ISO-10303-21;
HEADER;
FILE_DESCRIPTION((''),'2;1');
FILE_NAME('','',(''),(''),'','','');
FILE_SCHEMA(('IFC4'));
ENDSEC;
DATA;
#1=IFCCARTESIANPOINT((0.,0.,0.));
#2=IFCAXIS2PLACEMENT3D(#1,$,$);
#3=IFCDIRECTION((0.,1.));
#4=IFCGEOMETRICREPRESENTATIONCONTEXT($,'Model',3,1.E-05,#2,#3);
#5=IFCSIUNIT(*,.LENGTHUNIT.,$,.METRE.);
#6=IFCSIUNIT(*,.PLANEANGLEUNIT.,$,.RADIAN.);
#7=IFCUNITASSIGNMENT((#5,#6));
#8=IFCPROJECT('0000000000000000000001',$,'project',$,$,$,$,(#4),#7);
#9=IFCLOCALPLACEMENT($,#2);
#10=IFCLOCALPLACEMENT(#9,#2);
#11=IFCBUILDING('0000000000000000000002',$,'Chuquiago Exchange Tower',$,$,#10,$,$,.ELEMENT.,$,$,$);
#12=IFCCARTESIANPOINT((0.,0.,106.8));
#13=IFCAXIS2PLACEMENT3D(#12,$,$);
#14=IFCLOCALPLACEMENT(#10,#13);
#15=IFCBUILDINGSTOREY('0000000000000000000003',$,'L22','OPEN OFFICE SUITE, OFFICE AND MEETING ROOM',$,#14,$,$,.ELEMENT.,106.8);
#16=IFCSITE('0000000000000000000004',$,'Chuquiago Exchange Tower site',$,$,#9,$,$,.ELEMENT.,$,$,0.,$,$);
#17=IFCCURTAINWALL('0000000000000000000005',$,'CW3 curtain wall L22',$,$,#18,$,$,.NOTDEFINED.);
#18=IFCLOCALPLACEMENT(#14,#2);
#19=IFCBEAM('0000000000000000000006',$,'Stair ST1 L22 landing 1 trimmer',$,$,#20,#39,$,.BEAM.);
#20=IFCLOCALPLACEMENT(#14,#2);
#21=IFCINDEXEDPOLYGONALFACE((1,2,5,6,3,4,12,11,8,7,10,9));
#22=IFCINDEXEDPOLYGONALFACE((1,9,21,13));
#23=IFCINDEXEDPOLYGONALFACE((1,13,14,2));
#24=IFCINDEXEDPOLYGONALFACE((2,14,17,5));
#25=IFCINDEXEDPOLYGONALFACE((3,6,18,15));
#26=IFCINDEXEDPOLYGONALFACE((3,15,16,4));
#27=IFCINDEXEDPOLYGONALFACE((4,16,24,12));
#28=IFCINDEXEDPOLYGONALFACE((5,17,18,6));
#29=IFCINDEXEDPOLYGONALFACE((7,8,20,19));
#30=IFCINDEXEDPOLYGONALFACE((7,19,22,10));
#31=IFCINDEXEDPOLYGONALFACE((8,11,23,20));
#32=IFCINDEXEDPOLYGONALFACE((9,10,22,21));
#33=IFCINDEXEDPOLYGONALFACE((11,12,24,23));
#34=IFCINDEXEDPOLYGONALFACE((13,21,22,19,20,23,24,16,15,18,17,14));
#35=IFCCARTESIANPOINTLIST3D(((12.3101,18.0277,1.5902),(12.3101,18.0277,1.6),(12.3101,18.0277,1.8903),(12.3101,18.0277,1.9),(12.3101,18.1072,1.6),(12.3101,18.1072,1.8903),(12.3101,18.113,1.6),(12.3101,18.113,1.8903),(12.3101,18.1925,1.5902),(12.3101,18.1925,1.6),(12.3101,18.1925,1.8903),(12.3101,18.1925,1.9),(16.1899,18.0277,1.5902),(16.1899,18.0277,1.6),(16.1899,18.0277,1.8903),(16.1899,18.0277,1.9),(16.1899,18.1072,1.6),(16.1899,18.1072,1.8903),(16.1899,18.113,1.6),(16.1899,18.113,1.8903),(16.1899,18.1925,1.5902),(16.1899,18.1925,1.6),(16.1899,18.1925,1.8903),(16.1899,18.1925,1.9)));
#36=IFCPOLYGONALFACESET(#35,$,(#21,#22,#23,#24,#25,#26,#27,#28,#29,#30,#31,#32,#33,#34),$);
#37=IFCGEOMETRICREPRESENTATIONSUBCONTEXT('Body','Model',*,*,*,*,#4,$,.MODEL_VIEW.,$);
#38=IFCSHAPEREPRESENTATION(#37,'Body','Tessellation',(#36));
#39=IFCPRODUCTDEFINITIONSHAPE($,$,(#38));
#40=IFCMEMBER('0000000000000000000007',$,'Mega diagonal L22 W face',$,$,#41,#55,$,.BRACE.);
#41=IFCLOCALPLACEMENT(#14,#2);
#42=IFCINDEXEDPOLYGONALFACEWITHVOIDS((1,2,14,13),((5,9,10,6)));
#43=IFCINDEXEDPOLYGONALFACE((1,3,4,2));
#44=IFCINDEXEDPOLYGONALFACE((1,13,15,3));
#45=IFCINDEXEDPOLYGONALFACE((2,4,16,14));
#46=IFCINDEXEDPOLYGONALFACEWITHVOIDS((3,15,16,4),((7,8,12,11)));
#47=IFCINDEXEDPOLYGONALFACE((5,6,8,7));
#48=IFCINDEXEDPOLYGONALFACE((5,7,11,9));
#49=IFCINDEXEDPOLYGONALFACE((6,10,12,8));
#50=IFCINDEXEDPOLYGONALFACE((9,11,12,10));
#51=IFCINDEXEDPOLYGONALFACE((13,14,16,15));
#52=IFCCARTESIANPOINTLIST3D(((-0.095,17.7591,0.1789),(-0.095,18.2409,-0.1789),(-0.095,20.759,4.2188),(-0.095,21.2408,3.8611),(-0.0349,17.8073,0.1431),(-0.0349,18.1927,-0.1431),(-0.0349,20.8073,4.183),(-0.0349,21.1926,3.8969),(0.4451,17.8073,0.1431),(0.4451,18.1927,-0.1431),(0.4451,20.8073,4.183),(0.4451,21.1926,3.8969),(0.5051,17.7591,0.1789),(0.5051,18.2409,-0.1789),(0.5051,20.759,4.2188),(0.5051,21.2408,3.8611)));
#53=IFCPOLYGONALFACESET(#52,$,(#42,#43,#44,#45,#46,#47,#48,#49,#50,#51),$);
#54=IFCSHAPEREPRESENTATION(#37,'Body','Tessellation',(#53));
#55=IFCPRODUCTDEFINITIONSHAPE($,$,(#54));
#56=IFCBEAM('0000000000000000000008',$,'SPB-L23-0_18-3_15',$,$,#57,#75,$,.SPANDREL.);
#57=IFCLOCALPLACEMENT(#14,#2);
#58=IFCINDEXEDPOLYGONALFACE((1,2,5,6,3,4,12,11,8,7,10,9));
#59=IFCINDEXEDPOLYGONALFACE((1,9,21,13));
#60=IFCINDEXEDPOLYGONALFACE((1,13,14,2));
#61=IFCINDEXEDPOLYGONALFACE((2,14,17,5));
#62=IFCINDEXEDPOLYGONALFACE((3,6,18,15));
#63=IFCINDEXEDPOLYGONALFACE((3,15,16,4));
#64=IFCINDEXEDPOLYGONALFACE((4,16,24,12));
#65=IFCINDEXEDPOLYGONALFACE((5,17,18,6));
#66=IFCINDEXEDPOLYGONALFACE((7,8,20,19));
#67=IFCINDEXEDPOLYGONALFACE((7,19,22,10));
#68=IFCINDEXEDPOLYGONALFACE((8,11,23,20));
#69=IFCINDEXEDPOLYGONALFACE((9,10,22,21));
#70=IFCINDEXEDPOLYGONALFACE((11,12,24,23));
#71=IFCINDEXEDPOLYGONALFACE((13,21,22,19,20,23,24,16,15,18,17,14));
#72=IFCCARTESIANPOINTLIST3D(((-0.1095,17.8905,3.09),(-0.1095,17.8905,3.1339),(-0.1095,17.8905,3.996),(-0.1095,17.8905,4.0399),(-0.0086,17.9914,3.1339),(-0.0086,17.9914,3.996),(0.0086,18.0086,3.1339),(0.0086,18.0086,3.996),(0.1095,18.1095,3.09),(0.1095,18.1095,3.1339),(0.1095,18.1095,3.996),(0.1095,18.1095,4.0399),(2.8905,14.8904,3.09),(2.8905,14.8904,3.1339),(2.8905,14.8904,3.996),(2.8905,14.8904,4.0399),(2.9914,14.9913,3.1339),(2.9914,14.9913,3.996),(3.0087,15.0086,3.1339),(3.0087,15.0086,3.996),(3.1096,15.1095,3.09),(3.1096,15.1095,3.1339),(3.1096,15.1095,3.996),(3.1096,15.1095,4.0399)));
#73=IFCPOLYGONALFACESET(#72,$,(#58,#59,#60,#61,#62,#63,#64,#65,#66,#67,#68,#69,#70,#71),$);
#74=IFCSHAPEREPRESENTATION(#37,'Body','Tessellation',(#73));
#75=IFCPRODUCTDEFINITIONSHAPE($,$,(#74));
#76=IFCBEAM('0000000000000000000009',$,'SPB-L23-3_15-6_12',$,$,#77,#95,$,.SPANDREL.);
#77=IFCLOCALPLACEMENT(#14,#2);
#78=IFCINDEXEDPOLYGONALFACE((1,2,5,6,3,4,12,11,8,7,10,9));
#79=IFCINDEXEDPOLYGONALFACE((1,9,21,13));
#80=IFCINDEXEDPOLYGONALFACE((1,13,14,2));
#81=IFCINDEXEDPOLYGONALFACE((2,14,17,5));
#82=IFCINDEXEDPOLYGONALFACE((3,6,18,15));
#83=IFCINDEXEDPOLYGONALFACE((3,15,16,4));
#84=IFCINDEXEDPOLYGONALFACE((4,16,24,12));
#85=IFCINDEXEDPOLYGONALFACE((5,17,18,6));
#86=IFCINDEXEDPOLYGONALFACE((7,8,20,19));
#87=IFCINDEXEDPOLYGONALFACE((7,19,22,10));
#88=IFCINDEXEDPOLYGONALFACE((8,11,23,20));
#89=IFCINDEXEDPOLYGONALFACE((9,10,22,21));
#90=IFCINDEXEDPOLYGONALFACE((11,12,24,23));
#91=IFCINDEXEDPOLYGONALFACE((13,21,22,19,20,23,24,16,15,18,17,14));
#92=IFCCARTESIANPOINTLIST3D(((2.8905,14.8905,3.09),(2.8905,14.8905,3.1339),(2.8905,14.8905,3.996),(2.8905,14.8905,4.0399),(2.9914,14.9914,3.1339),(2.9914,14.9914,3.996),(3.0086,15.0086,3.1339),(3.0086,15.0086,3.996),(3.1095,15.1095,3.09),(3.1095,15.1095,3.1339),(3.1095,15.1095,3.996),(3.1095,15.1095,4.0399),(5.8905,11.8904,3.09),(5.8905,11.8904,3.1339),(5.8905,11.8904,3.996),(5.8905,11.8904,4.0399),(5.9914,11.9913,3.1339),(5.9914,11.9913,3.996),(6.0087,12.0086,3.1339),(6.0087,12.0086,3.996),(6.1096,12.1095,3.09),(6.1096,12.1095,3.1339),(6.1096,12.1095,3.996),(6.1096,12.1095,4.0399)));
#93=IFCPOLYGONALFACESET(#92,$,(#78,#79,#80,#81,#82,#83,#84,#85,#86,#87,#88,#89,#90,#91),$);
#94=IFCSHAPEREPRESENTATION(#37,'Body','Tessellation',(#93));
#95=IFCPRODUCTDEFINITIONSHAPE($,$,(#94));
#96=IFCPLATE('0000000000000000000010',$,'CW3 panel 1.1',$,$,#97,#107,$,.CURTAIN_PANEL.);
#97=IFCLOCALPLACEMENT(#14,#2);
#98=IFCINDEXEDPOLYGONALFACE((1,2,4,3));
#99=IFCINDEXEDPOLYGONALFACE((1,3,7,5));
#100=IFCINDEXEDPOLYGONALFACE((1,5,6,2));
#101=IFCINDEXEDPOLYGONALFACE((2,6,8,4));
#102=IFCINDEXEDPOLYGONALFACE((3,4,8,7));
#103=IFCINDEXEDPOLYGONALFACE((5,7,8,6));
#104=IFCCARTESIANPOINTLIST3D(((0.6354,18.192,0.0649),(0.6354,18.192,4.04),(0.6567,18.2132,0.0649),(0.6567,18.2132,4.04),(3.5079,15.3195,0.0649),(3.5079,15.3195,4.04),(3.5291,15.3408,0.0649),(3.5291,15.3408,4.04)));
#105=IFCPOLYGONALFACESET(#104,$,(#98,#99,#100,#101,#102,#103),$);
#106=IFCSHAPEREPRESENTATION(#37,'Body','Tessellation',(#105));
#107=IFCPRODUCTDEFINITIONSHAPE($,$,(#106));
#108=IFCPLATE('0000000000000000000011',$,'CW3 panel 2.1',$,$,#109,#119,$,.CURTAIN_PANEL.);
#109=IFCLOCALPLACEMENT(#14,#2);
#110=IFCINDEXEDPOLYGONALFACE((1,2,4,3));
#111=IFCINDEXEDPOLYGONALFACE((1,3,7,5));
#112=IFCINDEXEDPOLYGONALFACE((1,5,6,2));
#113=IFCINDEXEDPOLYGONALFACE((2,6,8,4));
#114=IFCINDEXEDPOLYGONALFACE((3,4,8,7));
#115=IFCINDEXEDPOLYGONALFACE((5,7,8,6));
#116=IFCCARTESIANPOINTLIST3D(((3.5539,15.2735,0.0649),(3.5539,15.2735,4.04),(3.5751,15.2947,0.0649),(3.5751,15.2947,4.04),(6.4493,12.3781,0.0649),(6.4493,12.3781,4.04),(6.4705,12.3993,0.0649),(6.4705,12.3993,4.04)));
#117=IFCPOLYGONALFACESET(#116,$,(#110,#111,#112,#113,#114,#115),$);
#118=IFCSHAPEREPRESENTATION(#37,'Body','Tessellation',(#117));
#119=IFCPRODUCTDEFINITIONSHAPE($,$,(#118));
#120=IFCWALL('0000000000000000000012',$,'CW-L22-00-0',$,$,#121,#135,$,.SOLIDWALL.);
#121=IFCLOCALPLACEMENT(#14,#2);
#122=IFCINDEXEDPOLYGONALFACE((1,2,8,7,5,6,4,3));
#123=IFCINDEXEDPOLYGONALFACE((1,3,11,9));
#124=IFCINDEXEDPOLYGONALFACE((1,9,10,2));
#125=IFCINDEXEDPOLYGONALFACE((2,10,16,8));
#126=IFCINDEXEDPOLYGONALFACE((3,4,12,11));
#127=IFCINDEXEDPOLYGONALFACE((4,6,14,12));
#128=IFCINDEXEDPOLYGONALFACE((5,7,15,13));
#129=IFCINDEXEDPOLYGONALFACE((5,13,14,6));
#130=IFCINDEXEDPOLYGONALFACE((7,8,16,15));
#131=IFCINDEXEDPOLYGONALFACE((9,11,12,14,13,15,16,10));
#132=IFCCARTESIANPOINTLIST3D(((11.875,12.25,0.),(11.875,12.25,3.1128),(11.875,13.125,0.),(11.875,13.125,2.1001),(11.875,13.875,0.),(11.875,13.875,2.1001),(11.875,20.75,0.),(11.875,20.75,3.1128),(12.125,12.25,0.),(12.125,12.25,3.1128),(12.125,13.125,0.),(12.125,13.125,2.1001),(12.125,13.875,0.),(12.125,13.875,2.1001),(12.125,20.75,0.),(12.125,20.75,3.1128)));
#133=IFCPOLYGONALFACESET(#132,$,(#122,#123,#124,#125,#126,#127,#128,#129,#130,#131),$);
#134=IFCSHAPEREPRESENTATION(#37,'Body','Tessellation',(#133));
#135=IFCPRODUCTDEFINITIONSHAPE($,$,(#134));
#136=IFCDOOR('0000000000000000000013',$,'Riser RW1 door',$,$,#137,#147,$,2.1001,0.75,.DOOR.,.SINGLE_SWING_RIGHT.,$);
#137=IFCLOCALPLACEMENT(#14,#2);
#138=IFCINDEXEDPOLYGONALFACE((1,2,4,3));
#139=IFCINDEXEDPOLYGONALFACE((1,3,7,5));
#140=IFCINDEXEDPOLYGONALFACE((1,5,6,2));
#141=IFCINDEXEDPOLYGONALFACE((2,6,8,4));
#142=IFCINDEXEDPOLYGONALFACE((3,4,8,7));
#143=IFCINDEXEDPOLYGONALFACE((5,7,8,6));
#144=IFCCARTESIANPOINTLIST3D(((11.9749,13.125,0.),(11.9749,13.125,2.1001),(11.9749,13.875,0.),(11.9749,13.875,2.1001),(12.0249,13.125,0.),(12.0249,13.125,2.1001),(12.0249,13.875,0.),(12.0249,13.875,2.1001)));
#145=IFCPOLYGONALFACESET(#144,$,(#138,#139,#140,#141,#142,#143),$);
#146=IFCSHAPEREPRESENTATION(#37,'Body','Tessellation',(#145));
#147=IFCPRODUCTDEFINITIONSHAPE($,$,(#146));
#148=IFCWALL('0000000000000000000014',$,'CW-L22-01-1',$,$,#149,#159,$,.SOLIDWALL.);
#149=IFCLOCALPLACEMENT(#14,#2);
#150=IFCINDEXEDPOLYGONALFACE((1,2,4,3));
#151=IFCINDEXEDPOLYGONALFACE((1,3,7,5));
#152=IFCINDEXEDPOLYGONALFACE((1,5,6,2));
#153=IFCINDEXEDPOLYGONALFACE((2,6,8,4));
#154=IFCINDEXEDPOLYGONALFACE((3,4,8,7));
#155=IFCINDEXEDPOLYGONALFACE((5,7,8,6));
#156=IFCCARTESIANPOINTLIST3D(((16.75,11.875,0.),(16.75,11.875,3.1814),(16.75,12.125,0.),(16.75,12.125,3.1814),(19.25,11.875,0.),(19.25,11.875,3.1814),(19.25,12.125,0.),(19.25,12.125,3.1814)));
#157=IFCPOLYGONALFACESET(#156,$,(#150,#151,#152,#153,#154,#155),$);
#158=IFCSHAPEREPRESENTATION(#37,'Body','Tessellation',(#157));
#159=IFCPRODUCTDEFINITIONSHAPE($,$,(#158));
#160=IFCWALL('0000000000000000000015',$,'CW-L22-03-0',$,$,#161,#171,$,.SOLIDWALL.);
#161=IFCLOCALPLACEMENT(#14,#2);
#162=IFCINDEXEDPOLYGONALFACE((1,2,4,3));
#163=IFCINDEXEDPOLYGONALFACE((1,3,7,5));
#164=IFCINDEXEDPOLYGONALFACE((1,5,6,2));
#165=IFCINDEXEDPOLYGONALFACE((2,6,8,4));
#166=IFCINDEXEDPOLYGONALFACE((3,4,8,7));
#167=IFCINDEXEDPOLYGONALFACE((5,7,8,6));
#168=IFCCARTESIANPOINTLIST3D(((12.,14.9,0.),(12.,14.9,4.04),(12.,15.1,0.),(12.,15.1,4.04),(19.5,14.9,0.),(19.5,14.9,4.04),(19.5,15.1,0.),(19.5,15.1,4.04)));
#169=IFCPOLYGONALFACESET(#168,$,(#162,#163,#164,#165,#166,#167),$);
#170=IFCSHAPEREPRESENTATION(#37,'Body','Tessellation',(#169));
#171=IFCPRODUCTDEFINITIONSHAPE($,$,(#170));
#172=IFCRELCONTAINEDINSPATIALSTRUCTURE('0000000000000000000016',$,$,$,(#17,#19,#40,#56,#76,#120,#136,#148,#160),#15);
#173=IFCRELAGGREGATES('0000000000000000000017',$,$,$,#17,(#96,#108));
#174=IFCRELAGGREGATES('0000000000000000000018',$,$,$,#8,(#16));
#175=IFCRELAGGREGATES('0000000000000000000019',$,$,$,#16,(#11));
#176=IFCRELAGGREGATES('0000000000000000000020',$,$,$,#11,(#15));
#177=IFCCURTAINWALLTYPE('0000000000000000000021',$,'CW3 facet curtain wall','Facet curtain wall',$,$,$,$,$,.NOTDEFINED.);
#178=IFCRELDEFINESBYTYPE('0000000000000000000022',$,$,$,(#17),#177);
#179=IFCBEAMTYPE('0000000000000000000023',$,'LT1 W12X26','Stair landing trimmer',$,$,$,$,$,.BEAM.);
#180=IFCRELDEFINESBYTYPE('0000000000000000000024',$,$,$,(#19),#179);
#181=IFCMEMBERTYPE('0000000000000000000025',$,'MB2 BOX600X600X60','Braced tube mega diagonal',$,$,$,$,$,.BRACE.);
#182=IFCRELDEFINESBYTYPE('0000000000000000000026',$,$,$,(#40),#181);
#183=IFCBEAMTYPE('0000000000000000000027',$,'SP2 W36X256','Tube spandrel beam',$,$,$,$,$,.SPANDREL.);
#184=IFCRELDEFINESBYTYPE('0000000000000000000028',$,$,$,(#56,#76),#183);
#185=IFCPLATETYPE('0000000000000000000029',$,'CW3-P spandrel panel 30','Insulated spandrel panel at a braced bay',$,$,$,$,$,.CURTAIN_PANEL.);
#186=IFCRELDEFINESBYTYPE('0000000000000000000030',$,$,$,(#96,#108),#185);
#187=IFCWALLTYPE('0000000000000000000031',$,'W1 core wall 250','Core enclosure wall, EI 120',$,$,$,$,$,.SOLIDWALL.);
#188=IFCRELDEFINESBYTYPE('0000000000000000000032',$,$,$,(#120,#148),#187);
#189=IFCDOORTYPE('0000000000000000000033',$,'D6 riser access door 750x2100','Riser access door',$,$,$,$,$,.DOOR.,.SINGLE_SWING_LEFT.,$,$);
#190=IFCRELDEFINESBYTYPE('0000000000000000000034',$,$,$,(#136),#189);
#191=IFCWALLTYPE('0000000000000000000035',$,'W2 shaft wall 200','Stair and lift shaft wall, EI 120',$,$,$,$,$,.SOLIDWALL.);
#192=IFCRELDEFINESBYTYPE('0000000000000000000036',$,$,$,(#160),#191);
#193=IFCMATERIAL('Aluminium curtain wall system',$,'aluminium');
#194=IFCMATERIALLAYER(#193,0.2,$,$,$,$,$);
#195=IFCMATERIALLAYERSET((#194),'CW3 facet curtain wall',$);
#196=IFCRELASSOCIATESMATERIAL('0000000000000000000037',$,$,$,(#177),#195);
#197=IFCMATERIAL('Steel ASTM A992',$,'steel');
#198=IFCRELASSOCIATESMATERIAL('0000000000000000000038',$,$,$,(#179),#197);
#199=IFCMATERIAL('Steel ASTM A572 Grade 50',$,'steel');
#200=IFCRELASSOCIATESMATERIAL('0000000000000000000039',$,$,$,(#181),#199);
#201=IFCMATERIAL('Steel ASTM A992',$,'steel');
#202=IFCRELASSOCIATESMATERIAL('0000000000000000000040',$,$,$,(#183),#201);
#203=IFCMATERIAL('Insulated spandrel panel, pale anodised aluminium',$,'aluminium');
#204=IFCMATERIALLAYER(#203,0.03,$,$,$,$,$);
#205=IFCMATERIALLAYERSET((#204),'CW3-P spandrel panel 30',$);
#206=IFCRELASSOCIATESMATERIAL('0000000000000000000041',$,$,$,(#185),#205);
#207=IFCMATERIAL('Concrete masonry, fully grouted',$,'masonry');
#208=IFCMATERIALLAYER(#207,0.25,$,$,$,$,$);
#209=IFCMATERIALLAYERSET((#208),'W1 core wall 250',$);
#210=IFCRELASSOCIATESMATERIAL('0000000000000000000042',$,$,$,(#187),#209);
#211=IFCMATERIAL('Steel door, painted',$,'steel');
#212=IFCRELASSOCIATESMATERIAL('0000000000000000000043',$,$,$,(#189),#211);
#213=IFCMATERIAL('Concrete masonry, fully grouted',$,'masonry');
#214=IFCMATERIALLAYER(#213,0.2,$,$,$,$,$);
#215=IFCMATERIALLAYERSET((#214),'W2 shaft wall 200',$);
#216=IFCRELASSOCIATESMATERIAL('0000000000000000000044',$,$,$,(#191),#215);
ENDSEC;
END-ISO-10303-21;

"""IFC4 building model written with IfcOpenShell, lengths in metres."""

from ifc_helpers import new_model, si_unit, direction, frame, frame_2d, origin, origin_2d, place, context, subcontext, project, spatial, rectangle, hollow_rectangle, i_section, extrude, material, layer, layer_set, material_profile, profile_set, type_object, element, fill, aggregate, save


model = new_model("IFC4")

# Units and contexts
model_context = context("Model", 3, precision=1e-05, world=origin(), true_north=direction((0.0, 1.0)))
body_context = subcontext(model_context, "Body", "Model", "MODEL_VIEW")
ifc_project = project(units=[si_unit("LENGTHUNIT", "METRE"), si_unit("PLANEANGLEUNIT", "RADIAN")], contexts=[model_context])

# Site, building, storey
site_placement = place(None, origin())
site = spatial("IfcSite", under=ifc_project, at=site_placement, Name="Chuquiago Exchange Tower site", CompositionType="ELEMENT", RefElevation=0.0)
building_placement = place(site_placement, origin())
building = spatial("IfcBuilding", under=site, at=building_placement, Name="Chuquiago Exchange Tower", CompositionType="ELEMENT")
storey_placement = place(building_placement, frame((0.0, 0.0, 106.8)))
storey = spatial("IfcBuildingStorey", under=building, at=storey_placement, Name="L22", Description="OPEN OFFICE SUITE, OFFICE AND MEETING ROOM", CompositionType="ELEMENT", Elevation=106.8)

# Curtain wall
ifc_material_1 = material(Name="Aluminium curtain wall system", Category="aluminium")
ifc_layer_1 = layer(ifc_material_1, 0.2)
ifc_layer_set_1 = layer_set([ifc_layer_1], Name="CW3 facet curtain wall")
curtain_wall_type_1 = type_object("IfcCurtainWallType", Name="CW3 facet curtain wall", Description="Facet curtain wall", PredefinedType="NOTDEFINED", material=ifc_layer_set_1)
curtain_wall_1_placement = place(storey_placement, origin())
curtain_wall_1 = element("IfcCurtainWall", 1, at=curtain_wall_1_placement, inside=storey, type_object=curtain_wall_type_1, Name="CW3 curtain wall L22", PredefinedType="NOTDEFINED")

# Beam
ifc_material_2 = material(Name="Steel ASTM A992", Category="steel")
ifc_material_profile_1 = material_profile(ifc_material_2, i_section(OverallWidth=0.1648, OverallDepth=0.3098, WebThickness=0.0059, FlangeThickness=0.0098, at=origin_2d()), Name="W12X26")
ifc_profile_set_1 = profile_set([ifc_material_profile_1], Name="Steel ASTM A992")
beam_type_1 = type_object("IfcBeamType", Name="LT1 W12X26", Description="Stair landing trimmer", PredefinedType="BEAM", material=ifc_profile_set_1)
for number, where, z_axis, x_axis, name in (
    (2, (12.3101, 18.1101, 1.7451), (1.0, 0.0, 0.0), (0.0, 1.0, 0.0), "Stair ST1 L22 landing 1 trimmer"),
):
    element("IfcBeam", number, at=place(storey_placement, frame(where, z_axis=z_axis, x_axis=x_axis)), inside=storey, type_object=beam_type_1, Name=name, PredefinedType="BEAM", context=body_context, shape_type="SweptSolid", body=[
        extrude(i_section(OverallWidth=0.1648, OverallDepth=0.3098, WebThickness=0.0059, FlangeThickness=0.0098, at=origin_2d()), origin(), (0.0, 0.0, 1.0), 3.8799),
    ])

# Member
ifc_material_3 = material(Name="Steel ASTM A572 Grade 50", Category="steel")
ifc_material_profile_2 = material_profile(ifc_material_3, hollow_rectangle(XDim=0.6001, YDim=0.6001, WallThickness=0.0601, at=origin_2d()), Name="BOX600X600X60")
ifc_profile_set_2 = profile_set([ifc_material_profile_2], Name="Steel ASTM A572 Grade 50")
member_type_1 = type_object("IfcMemberType", Name="MB2 BOX600X600X60", Description="Braced tube mega diagonal", PredefinedType="BRACE", material=ifc_profile_set_2)
member_1_placement = place(storey_placement, frame((0.2051, 18.0, 0.0), z_axis=(0.0, 0.596174, 0.802855), x_axis=(-1.0, 0.0, 0.0)))
element("IfcMember", 3, at=member_1_placement, inside=storey, type_object=member_type_1, Name="Mega diagonal L22 W face", PredefinedType="BRACE", context=body_context, shape_type="SweptSolid", body=[
    extrude(hollow_rectangle(XDim=0.6001, YDim=0.6001, WallThickness=0.0601, at=origin_2d()), origin(), (0.0, 0.0, 1.0), 5.032),
])

# Beams
ifc_material_4 = material(Name="Steel ASTM A992", Category="steel")
ifc_material_profile_3 = material_profile(ifc_material_4, i_section(OverallWidth=0.3098, OverallDepth=0.95, WebThickness=0.0244, FlangeThickness=0.0439, at=origin_2d()), Name="W36X256")
ifc_profile_set_3 = profile_set([ifc_material_profile_3], Name="Steel ASTM A992")
beam_type_2 = type_object("IfcBeamType", Name="SP2 W36X256", Description="Tube spandrel beam", PredefinedType="SPANDREL", material=ifc_profile_set_3)
for number, where, z_axis, x_axis, name in (
    (4, (0.0, 18.0, 3.5649), (0.707107, -0.707107, 0.0), (0.707107, 0.707107, 0.0), "SPB-L23-0_18-3_15"),
    (5, (3.0, 15.0, 3.5649), (0.707107, -0.707107, 0.0), (0.707107, 0.707107, 0.0), "SPB-L23-3_15-6_12"),
):
    element("IfcBeam", number, at=place(storey_placement, frame(where, z_axis=z_axis, x_axis=x_axis)), inside=storey, type_object=beam_type_2, Name=name, PredefinedType="SPANDREL", context=body_context, shape_type="SweptSolid", body=[
        extrude(i_section(OverallWidth=0.3098, OverallDepth=0.95, WebThickness=0.0244, FlangeThickness=0.0439, at=origin_2d()), origin(), (0.0, 0.0, 1.0), 4.2427),
    ])

# Plates
ifc_material_5 = material(Name="Insulated spandrel panel, pale anodised aluminium", Category="aluminium")
ifc_layer_2 = layer(ifc_material_5, 0.03)
ifc_layer_set_2 = layer_set([ifc_layer_2], Name="CW3-P spandrel panel 30")
plate_type = type_object("IfcPlateType", Name="CW3-P spandrel panel 30", Description="Insulated spandrel panel at a braced bay", PredefinedType="CURTAIN_PANEL", material=ifc_layer_set_2)
plate_1_placement = place(storey_placement, frame((2.0823, 16.7664, 0.0649), z_axis=(0.0, 0.0, 1.0), x_axis=(0.707107, -0.707107, 0.0)))
plate_1 = element("IfcPlate", 6, at=plate_1_placement, type_object=plate_type, Name="CW3 panel 1.1", PredefinedType="CURTAIN_PANEL", context=body_context, shape_type="SweptSolid", body=[
    extrude(rectangle(XDim=4.0623, YDim=0.03, at=origin_2d()), origin(), (0.0, 0.0, 1.0), 3.9751),
])
plate_2_placement = place(storey_placement, frame((5.0122, 13.8364, 0.0649), z_axis=(0.0, 0.0, 1.0), x_axis=(0.707107, -0.707107, 0.0)))
plate_2 = element("IfcPlate", 7, at=plate_2_placement, type_object=plate_type, Name="CW3 panel 2.1", PredefinedType="CURTAIN_PANEL", context=body_context, shape_type="SweptSolid", body=[
    extrude(rectangle(XDim=4.0947, YDim=0.03, at=origin_2d()), origin(), (0.0, 0.0, 1.0), 3.9751),
])
aggregate(curtain_wall_1, [plate_1, plate_2])

# Wall, opening, door
ifc_material_6 = material(Name="Concrete masonry, fully grouted", Category="masonry")
ifc_layer_3 = layer(ifc_material_6, 0.25)
ifc_layer_set_3 = layer_set([ifc_layer_3], Name="W1 core wall 250")
wall_type_1 = type_object("IfcWallType", Name="W1 core wall 250", Description="Core enclosure wall, EI 120", PredefinedType="SOLIDWALL", material=ifc_layer_set_3)
wall_1_placement = place(storey_placement, frame((12.0, 12.25, 0.0), z_axis=(0.0, 0.0, 1.0), x_axis=(0.0, 1.0, 0.0)))
wall_1 = element("IfcWall", 8, at=wall_1_placement, inside=storey, type_object=wall_type_1, Name="CW-L22-00-0", PredefinedType="SOLIDWALL", context=body_context, shape_type="SweptSolid", body=[
    extrude(rectangle(XDim=8.5, YDim=0.25, at=frame_2d((4.25, 0.0))), origin(), (0.0, 0.0, 1.0), 3.1128),
])
opening_1_placement = place(wall_1_placement, frame((0.875, 0.0, 0.0)))
opening_1 = element("IfcOpeningElement", 9, at=opening_1_placement, cuts=wall_1, PredefinedType="OPENING", context=body_context, shape_type="SweptSolid", body=[
    extrude(rectangle(XDim=0.75, YDim=2.1001, at=frame_2d((0.375, 1.05))), frame((0.0, 0.135, 0.0), z_axis=(0.0, -1.0, 0.0), x_axis=(1.0, 0.0, 0.0)), (0.0, 0.0, 1.0), 0.27),
])
ifc_material_7 = material(Name="Steel door, painted", Category="steel")
door_type_1 = type_object("IfcDoorType", Name="D6 riser access door 750x2100", Description="Riser access door", OperationType="SINGLE_SWING_LEFT", PredefinedType="DOOR", material=ifc_material_7)
door_1_placement = place(opening_1_placement, frame((0.75, 0.0, 0.0), z_axis=(0.0, 0.0, 1.0), x_axis=(-1.0, 0.0, 0.0)))
door_1 = element("IfcDoor", 10, at=door_1_placement, inside=storey, type_object=door_type_1, Name="Riser RW1 door", OperationType="SINGLE_SWING_RIGHT", OverallHeight=2.1001, OverallWidth=0.75, PredefinedType="DOOR", context=body_context, shape_type="SweptSolid", body=[
    extrude(rectangle(XDim=0.75, YDim=2.1001, at=frame_2d((0.375, 1.05))), frame((0.0, 0.0249, 0.0), z_axis=(0.0, -1.0, 0.0), x_axis=(1.0, 0.0, 0.0)), (0.0, 0.0, 1.0), 0.05),
])
fill(opening_1, door_1)

# Walls
wall_2_placement = place(storey_placement, frame((16.75, 12.0, 0.0), z_axis=(0.0, 0.0, 1.0), x_axis=(1.0, 0.0, 0.0)))
element("IfcWall", 11, at=wall_2_placement, inside=storey, type_object=wall_type_1, Name="CW-L22-01-1", PredefinedType="SOLIDWALL", context=body_context, shape_type="SweptSolid", body=[
    extrude(rectangle(XDim=2.5, YDim=0.25, at=frame_2d((1.25, 0.0))), origin(), (0.0, 0.0, 1.0), 3.1814),
])
ifc_material_8 = material(Name="Concrete masonry, fully grouted", Category="masonry")
ifc_layer_4 = layer(ifc_material_8, 0.2)
ifc_layer_set_4 = layer_set([ifc_layer_4], Name="W2 shaft wall 200")
wall_type_2 = type_object("IfcWallType", Name="W2 shaft wall 200", Description="Stair and lift shaft wall, EI 120", PredefinedType="SOLIDWALL", material=ifc_layer_set_4)
wall_3_placement = place(storey_placement, frame((12.0, 15.0, 0.0), z_axis=(0.0, 0.0, 1.0), x_axis=(1.0, 0.0, 0.0)))
element("IfcWall", 12, at=wall_3_placement, inside=storey, type_object=wall_type_2, Name="CW-L22-03-0", PredefinedType="SOLIDWALL", context=body_context, shape_type="SweptSolid", body=[
    extrude(rectangle(XDim=7.5, YDim=0.2, at=frame_2d((3.75, 0.0))), origin(), (0.0, 0.0, 1.0), 4.04),
])

save(model, "model.ifc")
